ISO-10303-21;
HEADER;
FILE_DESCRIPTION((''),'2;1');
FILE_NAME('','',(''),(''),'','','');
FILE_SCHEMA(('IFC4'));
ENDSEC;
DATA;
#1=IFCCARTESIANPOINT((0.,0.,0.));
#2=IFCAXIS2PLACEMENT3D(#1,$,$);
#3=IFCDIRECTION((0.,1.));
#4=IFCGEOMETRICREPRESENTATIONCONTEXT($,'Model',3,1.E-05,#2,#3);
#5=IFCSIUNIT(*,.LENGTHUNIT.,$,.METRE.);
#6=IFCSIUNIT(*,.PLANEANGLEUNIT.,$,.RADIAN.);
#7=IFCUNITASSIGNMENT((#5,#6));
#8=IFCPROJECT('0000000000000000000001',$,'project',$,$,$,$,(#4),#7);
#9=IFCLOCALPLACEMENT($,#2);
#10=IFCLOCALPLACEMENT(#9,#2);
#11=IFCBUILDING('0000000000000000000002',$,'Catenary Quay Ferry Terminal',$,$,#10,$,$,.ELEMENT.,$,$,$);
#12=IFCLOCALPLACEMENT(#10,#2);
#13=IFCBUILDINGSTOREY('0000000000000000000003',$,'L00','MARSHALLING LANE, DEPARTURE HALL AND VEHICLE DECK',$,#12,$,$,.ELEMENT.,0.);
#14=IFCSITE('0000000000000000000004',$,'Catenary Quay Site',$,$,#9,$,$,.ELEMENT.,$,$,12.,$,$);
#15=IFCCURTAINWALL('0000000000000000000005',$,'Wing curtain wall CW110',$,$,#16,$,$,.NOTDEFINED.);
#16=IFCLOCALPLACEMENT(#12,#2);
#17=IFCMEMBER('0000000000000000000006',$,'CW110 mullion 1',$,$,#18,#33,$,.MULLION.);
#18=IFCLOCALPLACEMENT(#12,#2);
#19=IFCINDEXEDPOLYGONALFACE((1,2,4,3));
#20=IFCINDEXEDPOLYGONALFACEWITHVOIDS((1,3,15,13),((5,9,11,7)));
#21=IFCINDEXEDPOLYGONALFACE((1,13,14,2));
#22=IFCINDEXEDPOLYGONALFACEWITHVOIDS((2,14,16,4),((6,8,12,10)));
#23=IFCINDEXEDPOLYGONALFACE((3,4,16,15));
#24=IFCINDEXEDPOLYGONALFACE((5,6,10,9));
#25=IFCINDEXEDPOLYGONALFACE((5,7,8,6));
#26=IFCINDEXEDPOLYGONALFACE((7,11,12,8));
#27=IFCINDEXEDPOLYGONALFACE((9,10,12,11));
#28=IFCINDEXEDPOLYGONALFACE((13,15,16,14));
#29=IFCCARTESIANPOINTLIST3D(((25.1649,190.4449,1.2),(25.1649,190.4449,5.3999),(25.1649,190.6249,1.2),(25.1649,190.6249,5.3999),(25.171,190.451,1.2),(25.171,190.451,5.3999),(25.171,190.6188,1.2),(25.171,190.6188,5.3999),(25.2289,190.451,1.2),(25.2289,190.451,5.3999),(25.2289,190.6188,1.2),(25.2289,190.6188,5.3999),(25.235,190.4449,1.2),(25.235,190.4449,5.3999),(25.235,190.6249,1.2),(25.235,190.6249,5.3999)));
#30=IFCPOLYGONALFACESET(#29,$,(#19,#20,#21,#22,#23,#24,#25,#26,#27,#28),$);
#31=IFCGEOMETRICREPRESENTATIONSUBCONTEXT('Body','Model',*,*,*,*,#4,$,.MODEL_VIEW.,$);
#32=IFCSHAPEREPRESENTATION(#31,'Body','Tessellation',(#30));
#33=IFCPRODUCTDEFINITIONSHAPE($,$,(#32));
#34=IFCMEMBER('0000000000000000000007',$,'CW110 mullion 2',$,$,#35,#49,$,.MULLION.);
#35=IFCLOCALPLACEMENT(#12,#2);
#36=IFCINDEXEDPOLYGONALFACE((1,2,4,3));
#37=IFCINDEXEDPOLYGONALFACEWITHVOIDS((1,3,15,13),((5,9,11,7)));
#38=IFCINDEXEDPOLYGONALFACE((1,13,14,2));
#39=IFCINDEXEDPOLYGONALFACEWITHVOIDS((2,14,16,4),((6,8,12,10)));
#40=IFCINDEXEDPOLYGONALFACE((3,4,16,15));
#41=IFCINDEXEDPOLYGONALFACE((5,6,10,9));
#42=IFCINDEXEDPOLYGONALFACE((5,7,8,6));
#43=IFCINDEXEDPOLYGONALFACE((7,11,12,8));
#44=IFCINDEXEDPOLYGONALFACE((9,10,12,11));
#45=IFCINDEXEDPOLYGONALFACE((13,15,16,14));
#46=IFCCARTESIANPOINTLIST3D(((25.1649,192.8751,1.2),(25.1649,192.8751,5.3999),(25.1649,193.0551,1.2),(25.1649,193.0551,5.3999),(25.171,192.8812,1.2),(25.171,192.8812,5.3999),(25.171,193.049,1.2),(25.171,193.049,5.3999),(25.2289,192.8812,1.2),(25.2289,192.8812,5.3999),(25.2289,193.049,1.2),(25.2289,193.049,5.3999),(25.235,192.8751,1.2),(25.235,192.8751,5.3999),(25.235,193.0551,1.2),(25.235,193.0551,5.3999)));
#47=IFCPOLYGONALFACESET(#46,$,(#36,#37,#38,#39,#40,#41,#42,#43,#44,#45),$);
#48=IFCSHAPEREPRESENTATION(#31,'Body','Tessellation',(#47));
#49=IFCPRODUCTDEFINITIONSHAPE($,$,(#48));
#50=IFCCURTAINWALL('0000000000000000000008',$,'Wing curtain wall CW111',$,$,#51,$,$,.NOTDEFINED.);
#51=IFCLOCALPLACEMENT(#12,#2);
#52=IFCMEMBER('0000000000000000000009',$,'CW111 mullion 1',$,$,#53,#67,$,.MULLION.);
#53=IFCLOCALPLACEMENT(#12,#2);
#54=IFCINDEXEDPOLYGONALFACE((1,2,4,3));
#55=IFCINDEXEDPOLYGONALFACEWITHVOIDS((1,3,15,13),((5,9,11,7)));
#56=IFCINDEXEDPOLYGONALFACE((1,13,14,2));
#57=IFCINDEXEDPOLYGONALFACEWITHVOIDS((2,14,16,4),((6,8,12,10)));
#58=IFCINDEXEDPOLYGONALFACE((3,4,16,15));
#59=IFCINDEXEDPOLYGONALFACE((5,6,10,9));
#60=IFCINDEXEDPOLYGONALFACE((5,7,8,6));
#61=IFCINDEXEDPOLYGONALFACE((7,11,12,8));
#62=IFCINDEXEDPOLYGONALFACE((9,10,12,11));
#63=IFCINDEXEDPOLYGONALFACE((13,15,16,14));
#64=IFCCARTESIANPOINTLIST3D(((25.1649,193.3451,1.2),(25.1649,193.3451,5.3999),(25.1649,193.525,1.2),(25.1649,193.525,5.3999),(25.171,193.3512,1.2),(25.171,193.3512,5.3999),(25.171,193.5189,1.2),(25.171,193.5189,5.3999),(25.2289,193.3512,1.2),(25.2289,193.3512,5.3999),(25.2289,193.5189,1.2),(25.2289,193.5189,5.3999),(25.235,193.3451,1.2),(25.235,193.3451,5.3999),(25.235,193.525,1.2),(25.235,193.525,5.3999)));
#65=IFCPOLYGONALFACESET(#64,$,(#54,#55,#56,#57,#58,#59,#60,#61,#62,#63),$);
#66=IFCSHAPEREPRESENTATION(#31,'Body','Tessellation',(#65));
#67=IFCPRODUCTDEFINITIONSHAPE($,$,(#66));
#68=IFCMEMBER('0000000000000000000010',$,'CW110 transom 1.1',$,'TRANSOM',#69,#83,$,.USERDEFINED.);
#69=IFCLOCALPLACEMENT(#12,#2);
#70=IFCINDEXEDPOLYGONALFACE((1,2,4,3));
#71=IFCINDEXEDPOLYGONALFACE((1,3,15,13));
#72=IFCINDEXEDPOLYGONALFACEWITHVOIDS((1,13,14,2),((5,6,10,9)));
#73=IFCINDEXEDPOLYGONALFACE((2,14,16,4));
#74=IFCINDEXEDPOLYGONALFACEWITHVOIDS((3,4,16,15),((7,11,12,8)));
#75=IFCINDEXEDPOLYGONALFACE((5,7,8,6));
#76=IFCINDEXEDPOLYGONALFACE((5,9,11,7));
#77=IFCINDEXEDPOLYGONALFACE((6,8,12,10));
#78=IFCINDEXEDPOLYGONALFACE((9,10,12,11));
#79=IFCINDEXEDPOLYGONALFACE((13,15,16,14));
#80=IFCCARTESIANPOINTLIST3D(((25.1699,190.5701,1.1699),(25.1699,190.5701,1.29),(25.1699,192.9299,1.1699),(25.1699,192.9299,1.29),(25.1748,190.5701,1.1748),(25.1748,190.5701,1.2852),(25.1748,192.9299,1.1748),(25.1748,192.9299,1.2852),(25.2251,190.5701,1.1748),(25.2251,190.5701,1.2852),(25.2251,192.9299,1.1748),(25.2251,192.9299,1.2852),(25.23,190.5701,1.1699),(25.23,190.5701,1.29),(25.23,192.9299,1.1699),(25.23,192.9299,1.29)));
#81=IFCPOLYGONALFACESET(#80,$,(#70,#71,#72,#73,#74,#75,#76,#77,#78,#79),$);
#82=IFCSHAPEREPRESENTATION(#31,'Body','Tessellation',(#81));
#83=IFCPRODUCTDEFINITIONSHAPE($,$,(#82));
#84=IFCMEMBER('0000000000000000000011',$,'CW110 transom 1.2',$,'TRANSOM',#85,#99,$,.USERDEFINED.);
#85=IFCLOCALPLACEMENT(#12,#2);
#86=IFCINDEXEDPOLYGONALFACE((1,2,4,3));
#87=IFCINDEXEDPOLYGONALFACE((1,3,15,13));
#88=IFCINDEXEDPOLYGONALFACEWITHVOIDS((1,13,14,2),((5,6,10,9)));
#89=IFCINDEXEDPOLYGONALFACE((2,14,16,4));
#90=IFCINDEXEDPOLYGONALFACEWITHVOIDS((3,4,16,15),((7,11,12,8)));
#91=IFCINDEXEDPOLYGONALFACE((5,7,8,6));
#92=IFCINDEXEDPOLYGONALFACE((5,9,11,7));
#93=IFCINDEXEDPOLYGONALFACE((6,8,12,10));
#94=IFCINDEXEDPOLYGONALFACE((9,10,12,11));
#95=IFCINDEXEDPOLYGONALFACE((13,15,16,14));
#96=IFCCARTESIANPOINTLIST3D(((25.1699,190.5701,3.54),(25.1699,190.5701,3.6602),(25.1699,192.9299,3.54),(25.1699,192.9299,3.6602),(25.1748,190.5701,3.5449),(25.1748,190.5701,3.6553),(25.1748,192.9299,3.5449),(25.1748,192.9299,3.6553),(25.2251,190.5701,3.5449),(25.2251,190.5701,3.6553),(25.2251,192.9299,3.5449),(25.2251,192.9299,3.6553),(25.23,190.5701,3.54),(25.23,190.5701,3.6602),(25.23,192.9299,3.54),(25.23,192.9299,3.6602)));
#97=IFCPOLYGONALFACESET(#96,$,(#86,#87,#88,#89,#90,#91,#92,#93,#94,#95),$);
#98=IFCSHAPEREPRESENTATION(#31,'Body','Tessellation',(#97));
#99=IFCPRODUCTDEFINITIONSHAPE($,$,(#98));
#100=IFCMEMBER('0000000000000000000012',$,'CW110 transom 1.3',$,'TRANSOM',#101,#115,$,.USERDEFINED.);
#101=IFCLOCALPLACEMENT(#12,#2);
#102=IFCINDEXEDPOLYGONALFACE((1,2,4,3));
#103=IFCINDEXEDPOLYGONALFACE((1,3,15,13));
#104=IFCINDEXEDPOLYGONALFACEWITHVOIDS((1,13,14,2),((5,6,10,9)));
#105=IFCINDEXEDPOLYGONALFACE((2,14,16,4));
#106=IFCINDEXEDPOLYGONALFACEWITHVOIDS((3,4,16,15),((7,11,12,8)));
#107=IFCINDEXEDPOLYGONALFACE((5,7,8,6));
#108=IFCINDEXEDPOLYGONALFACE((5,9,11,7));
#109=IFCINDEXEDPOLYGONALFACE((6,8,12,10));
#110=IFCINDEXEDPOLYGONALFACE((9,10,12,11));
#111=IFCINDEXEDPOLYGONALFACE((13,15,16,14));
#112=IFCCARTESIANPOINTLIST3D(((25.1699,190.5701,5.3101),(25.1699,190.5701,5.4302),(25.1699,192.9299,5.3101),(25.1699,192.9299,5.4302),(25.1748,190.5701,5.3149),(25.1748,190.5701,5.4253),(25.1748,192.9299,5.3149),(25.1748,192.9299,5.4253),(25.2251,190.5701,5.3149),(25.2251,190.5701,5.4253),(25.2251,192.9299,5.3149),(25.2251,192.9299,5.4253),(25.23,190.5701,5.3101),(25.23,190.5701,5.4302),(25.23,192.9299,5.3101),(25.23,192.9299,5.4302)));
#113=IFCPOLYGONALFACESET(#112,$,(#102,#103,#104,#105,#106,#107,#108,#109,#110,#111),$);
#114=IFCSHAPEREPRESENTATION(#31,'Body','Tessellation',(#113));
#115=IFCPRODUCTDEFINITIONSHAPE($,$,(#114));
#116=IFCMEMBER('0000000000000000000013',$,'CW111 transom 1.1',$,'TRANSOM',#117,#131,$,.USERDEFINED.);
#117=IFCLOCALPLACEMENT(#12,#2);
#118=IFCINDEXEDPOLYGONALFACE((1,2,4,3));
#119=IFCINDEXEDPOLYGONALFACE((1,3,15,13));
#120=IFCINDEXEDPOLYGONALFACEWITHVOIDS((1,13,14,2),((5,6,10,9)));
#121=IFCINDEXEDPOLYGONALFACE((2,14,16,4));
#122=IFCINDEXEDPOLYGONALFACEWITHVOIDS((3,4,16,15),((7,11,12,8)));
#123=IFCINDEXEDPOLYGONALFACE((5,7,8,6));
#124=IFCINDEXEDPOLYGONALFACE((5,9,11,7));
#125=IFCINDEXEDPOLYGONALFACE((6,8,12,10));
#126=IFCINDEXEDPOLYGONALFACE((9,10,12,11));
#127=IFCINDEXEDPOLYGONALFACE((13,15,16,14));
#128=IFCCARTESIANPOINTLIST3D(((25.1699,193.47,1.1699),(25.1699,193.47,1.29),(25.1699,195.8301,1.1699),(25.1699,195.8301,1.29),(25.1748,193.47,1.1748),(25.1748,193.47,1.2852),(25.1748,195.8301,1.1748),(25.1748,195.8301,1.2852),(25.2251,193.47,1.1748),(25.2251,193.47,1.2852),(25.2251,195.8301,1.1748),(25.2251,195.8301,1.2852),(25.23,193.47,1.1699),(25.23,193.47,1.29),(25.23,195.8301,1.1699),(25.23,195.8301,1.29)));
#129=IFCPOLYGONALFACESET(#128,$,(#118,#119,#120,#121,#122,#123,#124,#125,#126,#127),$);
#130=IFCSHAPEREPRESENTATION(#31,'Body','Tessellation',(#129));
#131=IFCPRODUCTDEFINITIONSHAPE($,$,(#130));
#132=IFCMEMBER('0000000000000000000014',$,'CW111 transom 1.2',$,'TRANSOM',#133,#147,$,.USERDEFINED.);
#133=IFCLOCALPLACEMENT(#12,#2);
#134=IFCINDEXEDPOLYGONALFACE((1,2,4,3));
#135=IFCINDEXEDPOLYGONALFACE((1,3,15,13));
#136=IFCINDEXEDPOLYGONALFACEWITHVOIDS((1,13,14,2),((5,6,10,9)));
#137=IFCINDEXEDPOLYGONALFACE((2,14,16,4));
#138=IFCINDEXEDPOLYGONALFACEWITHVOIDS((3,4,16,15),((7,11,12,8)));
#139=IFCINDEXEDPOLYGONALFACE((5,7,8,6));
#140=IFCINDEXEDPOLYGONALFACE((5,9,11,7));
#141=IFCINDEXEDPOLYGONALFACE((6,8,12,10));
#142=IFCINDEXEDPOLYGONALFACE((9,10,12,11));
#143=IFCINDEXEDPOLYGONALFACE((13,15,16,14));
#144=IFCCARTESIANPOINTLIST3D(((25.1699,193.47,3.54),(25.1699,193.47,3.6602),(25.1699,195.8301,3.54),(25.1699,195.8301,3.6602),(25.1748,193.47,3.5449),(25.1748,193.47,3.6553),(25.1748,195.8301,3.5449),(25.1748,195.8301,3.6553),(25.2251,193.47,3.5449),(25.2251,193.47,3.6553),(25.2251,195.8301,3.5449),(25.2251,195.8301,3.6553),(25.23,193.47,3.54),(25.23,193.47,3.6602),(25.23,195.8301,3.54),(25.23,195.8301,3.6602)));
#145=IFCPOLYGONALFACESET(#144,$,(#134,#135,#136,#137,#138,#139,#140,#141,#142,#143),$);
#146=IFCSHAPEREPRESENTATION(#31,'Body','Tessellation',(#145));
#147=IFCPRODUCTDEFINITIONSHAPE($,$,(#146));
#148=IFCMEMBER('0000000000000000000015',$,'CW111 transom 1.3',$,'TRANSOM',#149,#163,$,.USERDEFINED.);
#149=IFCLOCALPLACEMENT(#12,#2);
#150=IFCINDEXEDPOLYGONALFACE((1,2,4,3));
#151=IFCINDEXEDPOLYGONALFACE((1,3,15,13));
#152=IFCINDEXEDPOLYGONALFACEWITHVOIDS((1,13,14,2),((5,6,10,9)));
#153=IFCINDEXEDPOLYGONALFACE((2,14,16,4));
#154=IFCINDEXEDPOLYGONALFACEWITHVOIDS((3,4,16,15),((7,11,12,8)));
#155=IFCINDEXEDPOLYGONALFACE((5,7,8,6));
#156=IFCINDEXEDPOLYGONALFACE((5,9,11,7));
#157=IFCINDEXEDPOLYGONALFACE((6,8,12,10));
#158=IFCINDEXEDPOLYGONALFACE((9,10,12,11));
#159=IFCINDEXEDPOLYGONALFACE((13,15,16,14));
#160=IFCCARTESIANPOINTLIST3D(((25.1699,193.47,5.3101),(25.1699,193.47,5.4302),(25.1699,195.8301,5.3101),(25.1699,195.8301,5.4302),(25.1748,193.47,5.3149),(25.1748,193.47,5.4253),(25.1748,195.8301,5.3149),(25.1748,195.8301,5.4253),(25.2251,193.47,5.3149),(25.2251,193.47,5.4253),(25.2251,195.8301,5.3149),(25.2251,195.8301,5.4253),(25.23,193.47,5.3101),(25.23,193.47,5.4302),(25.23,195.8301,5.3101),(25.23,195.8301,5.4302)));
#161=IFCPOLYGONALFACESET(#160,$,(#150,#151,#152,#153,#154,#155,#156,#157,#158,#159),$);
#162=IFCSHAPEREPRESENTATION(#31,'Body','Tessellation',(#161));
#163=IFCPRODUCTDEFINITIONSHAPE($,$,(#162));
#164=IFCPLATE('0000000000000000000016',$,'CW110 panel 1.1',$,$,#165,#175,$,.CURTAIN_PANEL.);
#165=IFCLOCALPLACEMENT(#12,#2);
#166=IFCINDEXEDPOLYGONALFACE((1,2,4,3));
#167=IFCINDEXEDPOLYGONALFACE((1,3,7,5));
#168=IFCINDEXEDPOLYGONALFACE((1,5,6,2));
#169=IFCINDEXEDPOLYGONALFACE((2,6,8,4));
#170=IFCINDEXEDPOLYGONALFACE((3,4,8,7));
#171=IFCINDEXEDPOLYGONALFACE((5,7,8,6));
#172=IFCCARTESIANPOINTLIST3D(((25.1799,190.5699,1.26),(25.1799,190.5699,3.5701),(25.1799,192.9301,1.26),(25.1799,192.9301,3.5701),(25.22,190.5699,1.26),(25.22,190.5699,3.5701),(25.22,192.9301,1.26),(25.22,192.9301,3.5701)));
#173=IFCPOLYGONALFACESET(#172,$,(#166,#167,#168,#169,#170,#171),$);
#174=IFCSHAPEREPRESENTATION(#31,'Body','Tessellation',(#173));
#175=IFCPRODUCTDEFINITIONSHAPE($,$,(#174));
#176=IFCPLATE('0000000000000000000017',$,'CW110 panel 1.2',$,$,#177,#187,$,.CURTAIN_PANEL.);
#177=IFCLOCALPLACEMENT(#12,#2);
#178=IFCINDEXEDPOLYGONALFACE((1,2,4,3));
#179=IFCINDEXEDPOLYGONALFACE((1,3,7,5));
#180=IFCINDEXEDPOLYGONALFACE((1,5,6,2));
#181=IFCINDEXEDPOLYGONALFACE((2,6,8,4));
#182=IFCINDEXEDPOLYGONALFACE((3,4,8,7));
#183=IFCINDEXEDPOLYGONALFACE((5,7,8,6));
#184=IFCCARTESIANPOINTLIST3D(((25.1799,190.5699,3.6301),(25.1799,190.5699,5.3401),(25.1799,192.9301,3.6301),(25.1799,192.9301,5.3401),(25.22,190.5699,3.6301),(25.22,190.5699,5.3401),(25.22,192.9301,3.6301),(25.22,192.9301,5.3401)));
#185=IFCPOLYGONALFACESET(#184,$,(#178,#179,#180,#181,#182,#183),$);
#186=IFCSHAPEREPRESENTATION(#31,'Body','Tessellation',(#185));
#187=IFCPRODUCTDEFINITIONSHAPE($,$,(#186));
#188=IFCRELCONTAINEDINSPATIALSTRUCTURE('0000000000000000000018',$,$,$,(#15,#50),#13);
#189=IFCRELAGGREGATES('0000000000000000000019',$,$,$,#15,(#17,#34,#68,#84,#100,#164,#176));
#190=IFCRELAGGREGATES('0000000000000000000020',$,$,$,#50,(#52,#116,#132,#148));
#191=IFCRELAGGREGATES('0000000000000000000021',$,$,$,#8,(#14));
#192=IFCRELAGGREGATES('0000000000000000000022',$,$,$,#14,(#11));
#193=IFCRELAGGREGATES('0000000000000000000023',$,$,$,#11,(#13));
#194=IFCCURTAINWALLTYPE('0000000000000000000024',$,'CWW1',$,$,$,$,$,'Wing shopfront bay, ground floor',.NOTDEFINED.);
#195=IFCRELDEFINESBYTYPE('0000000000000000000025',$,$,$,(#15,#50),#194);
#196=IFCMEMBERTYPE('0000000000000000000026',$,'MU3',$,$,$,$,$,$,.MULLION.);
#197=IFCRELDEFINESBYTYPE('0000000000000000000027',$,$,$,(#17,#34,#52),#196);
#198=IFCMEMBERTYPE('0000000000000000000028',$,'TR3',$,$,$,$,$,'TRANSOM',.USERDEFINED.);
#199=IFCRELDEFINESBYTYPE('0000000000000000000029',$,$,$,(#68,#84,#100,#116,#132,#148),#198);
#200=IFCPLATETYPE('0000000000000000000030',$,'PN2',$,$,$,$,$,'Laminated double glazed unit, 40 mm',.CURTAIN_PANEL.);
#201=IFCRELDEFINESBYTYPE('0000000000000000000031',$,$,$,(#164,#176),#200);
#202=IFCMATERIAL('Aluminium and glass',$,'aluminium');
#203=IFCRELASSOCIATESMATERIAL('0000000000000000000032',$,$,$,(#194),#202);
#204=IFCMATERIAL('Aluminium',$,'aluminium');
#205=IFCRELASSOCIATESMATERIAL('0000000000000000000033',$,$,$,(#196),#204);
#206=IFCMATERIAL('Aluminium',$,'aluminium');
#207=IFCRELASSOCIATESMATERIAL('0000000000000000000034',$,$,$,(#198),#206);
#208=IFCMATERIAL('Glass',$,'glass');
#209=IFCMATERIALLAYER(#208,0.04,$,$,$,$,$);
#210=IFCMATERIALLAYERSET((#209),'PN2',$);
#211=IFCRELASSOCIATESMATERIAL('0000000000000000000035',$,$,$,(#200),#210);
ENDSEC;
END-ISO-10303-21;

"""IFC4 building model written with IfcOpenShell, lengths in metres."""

from ifc_helpers import new_model, si_unit, direction, frame, origin, origin_2d, place, context, subcontext, project, spatial, rectangle, hollow_rectangle, extrude, material, layer, layer_set, material_profile, profile_set, type_object, element, aggregate, save


model = new_model("IFC4")

# Units and contexts
model_context = context("Model", 3, precision=1e-05, world=origin(), true_north=direction((0.0, 1.0)))
body_context = subcontext(model_context, "Body", "Model", "MODEL_VIEW")
ifc_project = project(units=[si_unit("LENGTHUNIT", "METRE"), si_unit("PLANEANGLEUNIT", "RADIAN")], contexts=[model_context])

# Site, building, storey
site_placement = place(None, origin())
site = spatial("IfcSite", under=ifc_project, at=site_placement, Name="Catenary Quay Site", CompositionType="ELEMENT", RefElevation=12.0)
building_placement = place(site_placement, origin())
building = spatial("IfcBuilding", under=site, at=building_placement, Name="Catenary Quay Ferry Terminal", CompositionType="ELEMENT")
storey_placement = place(building_placement, origin())
storey = spatial("IfcBuildingStorey", under=building, at=storey_placement, Name="L00", Description="MARSHALLING LANE, DEPARTURE HALL AND VEHICLE DECK", CompositionType="ELEMENT", Elevation=0.0)

# Shared definitions
ifc_material_1 = material(Name="Aluminium and glass", Category="aluminium")
curtain_wall_type = type_object("IfcCurtainWallType", Name="CWW1", ElementType="Wing shopfront bay, ground floor", PredefinedType="NOTDEFINED", material=ifc_material_1)
ifc_material_2 = material(Name="Aluminium", Category="aluminium")
ifc_material_profile_1 = material_profile(ifc_material_2, hollow_rectangle(XDim=0.0701, YDim=0.1799, WallThickness=0.0061, at=origin_2d()), Name="MU3")
ifc_profile_set_1 = profile_set([ifc_material_profile_1], Name="Aluminium")
member_type_1 = type_object("IfcMemberType", Name="MU3", PredefinedType="MULLION", material=ifc_profile_set_1)

# Curtain wall, members
curtain_wall_1_placement = place(storey_placement, origin())
curtain_wall_1 = element("IfcCurtainWall", 1, at=curtain_wall_1_placement, inside=storey, type_object=curtain_wall_type, Name="Wing curtain wall CW110", PredefinedType="NOTDEFINED")
member_1_placement = place(storey_placement, frame((25.2, 190.5349, 1.2), z_axis=(0.0, 0.0, 1.0), x_axis=(-1.0, 0.0, 0.0)))
member_1 = element("IfcMember", 2, at=member_1_placement, type_object=member_type_1, Name="CW110 mullion 1", PredefinedType="MULLION", context=body_context, shape_type="SweptSolid", body=[
    extrude(hollow_rectangle(XDim=0.0701, YDim=0.1799, WallThickness=0.0061, at=origin_2d()), origin(), (0.0, 0.0, 1.0), 4.2),
])
member_2_placement = place(storey_placement, frame((25.2, 192.9651, 1.2), z_axis=(0.0, 0.0, 1.0), x_axis=(-1.0, 0.0, 0.0)))
member_2 = element("IfcMember", 3, at=member_2_placement, type_object=member_type_1, Name="CW110 mullion 2", PredefinedType="MULLION", context=body_context, shape_type="SweptSolid", body=[
    extrude(hollow_rectangle(XDim=0.0701, YDim=0.1799, WallThickness=0.0061, at=origin_2d()), origin(), (0.0, 0.0, 1.0), 4.2),
])

# Curtain wall, member
curtain_wall_2_placement = place(storey_placement, origin())
curtain_wall_2 = element("IfcCurtainWall", 4, at=curtain_wall_2_placement, inside=storey, type_object=curtain_wall_type, Name="Wing curtain wall CW111", PredefinedType="NOTDEFINED")
member_3_placement = place(storey_placement, frame((25.2, 193.4351, 1.2), z_axis=(0.0, 0.0, 1.0), x_axis=(-1.0, 0.0, 0.0)))
member_3 = element("IfcMember", 5, at=member_3_placement, type_object=member_type_1, Name="CW111 mullion 1", PredefinedType="MULLION", context=body_context, shape_type="SweptSolid", body=[
    extrude(hollow_rectangle(XDim=0.0701, YDim=0.1799, WallThickness=0.0061, at=origin_2d()), origin(), (0.0, 0.0, 1.0), 4.2),
])

# Members
ifc_material_3 = material(Name="Aluminium", Category="aluminium")
ifc_material_profile_2 = material_profile(ifc_material_3, hollow_rectangle(XDim=0.0601, YDim=0.1201, WallThickness=0.0049, at=origin_2d()), Name="TR3")
ifc_profile_set_2 = profile_set([ifc_material_profile_2], Name="Aluminium")
member_type_2 = type_object("IfcMemberType", Name="TR3", ElementType="TRANSOM", PredefinedType="USERDEFINED", material=ifc_profile_set_2)
member_4_placement = place(storey_placement, frame((25.2, 190.5701, 1.23), z_axis=(0.0, 1.0, 0.0), x_axis=(-1.0, 0.0, 0.0)))
member_4 = element("IfcMember", 6, at=member_4_placement, type_object=member_type_2, Name="CW110 transom 1.1", ObjectType="TRANSOM", PredefinedType="USERDEFINED", context=body_context, shape_type="SweptSolid", body=[
    extrude(hollow_rectangle(XDim=0.0601, YDim=0.1201, WallThickness=0.0049, at=origin_2d()), origin(), (0.0, 0.0, 1.0), 2.3599),
])
member_5_placement = place(storey_placement, frame((25.2, 190.5701, 3.6001), z_axis=(0.0, 1.0, 0.0), x_axis=(-1.0, 0.0, 0.0)))
member_5 = element("IfcMember", 7, at=member_5_placement, type_object=member_type_2, Name="CW110 transom 1.2", ObjectType="TRANSOM", PredefinedType="USERDEFINED", context=body_context, shape_type="SweptSolid", body=[
    extrude(hollow_rectangle(XDim=0.0601, YDim=0.1201, WallThickness=0.0049, at=origin_2d()), origin(), (0.0, 0.0, 1.0), 2.3599),
])
member_6_placement = place(storey_placement, frame((25.2, 190.5701, 5.3701), z_axis=(0.0, 1.0, 0.0), x_axis=(-1.0, 0.0, 0.0)))
member_6 = element("IfcMember", 8, at=member_6_placement, type_object=member_type_2, Name="CW110 transom 1.3", ObjectType="TRANSOM", PredefinedType="USERDEFINED", context=body_context, shape_type="SweptSolid", body=[
    extrude(hollow_rectangle(XDim=0.0601, YDim=0.1201, WallThickness=0.0049, at=origin_2d()), origin(), (0.0, 0.0, 1.0), 2.3599),
])
member_7_placement = place(storey_placement, frame((25.2, 193.47, 1.23), z_axis=(0.0, 1.0, 0.0), x_axis=(-1.0, 0.0, 0.0)))
member_7 = element("IfcMember", 9, at=member_7_placement, type_object=member_type_2, Name="CW111 transom 1.1", ObjectType="TRANSOM", PredefinedType="USERDEFINED", context=body_context, shape_type="SweptSolid", body=[
    extrude(hollow_rectangle(XDim=0.0601, YDim=0.1201, WallThickness=0.0049, at=origin_2d()), origin(), (0.0, 0.0, 1.0), 2.3601),
])
member_8_placement = place(storey_placement, frame((25.2, 193.47, 3.6001), z_axis=(0.0, 1.0, 0.0), x_axis=(-1.0, 0.0, 0.0)))
member_8 = element("IfcMember", 10, at=member_8_placement, type_object=member_type_2, Name="CW111 transom 1.2", ObjectType="TRANSOM", PredefinedType="USERDEFINED", context=body_context, shape_type="SweptSolid", body=[
    extrude(hollow_rectangle(XDim=0.0601, YDim=0.1201, WallThickness=0.0049, at=origin_2d()), origin(), (0.0, 0.0, 1.0), 2.3601),
])
member_9_placement = place(storey_placement, frame((25.2, 193.47, 5.3701), z_axis=(0.0, 1.0, 0.0), x_axis=(-1.0, 0.0, 0.0)))
member_9 = element("IfcMember", 11, at=member_9_placement, type_object=member_type_2, Name="CW111 transom 1.3", ObjectType="TRANSOM", PredefinedType="USERDEFINED", context=body_context, shape_type="SweptSolid", body=[
    extrude(hollow_rectangle(XDim=0.0601, YDim=0.1201, WallThickness=0.0049, at=origin_2d()), origin(), (0.0, 0.0, 1.0), 2.3601),
])

# Plates
ifc_material_4 = material(Name="Glass", Category="glass")
ifc_layer_1 = layer(ifc_material_4, 0.04)
ifc_layer_set_1 = layer_set([ifc_layer_1], Name="PN2")
plate_type = type_object("IfcPlateType", Name="PN2", ElementType="Laminated double glazed unit, 40 mm", PredefinedType="CURTAIN_PANEL", material=ifc_layer_set_1)
plate_1_placement = place(storey_placement, frame((25.2, 191.75, 1.26), z_axis=(0.0, 0.0, 1.0), x_axis=(0.0, 1.0, 0.0)))
plate_1 = element("IfcPlate", 12, at=plate_1_placement, type_object=plate_type, Name="CW110 panel 1.1", PredefinedType="CURTAIN_PANEL", context=body_context, shape_type="SweptSolid", body=[
    extrude(rectangle(XDim=2.3601, YDim=0.04, at=origin_2d()), origin(), (0.0, 0.0, 1.0), 2.3101),
])
plate_2_placement = place(storey_placement, frame((25.2, 191.75, 3.6301), z_axis=(0.0, 0.0, 1.0), x_axis=(0.0, 1.0, 0.0)))
plate_2 = element("IfcPlate", 13, at=plate_2_placement, type_object=plate_type, Name="CW110 panel 1.2", PredefinedType="CURTAIN_PANEL", context=body_context, shape_type="SweptSolid", body=[
    extrude(rectangle(XDim=2.3601, YDim=0.04, at=origin_2d()), origin(), (0.0, 0.0, 1.0), 1.71),
])
aggregate(curtain_wall_1, [member_1, member_2, member_4, member_5, member_6, plate_1, plate_2])
aggregate(curtain_wall_2, [member_3, member_7, member_8, member_9])

save(model, "model.ifc")
